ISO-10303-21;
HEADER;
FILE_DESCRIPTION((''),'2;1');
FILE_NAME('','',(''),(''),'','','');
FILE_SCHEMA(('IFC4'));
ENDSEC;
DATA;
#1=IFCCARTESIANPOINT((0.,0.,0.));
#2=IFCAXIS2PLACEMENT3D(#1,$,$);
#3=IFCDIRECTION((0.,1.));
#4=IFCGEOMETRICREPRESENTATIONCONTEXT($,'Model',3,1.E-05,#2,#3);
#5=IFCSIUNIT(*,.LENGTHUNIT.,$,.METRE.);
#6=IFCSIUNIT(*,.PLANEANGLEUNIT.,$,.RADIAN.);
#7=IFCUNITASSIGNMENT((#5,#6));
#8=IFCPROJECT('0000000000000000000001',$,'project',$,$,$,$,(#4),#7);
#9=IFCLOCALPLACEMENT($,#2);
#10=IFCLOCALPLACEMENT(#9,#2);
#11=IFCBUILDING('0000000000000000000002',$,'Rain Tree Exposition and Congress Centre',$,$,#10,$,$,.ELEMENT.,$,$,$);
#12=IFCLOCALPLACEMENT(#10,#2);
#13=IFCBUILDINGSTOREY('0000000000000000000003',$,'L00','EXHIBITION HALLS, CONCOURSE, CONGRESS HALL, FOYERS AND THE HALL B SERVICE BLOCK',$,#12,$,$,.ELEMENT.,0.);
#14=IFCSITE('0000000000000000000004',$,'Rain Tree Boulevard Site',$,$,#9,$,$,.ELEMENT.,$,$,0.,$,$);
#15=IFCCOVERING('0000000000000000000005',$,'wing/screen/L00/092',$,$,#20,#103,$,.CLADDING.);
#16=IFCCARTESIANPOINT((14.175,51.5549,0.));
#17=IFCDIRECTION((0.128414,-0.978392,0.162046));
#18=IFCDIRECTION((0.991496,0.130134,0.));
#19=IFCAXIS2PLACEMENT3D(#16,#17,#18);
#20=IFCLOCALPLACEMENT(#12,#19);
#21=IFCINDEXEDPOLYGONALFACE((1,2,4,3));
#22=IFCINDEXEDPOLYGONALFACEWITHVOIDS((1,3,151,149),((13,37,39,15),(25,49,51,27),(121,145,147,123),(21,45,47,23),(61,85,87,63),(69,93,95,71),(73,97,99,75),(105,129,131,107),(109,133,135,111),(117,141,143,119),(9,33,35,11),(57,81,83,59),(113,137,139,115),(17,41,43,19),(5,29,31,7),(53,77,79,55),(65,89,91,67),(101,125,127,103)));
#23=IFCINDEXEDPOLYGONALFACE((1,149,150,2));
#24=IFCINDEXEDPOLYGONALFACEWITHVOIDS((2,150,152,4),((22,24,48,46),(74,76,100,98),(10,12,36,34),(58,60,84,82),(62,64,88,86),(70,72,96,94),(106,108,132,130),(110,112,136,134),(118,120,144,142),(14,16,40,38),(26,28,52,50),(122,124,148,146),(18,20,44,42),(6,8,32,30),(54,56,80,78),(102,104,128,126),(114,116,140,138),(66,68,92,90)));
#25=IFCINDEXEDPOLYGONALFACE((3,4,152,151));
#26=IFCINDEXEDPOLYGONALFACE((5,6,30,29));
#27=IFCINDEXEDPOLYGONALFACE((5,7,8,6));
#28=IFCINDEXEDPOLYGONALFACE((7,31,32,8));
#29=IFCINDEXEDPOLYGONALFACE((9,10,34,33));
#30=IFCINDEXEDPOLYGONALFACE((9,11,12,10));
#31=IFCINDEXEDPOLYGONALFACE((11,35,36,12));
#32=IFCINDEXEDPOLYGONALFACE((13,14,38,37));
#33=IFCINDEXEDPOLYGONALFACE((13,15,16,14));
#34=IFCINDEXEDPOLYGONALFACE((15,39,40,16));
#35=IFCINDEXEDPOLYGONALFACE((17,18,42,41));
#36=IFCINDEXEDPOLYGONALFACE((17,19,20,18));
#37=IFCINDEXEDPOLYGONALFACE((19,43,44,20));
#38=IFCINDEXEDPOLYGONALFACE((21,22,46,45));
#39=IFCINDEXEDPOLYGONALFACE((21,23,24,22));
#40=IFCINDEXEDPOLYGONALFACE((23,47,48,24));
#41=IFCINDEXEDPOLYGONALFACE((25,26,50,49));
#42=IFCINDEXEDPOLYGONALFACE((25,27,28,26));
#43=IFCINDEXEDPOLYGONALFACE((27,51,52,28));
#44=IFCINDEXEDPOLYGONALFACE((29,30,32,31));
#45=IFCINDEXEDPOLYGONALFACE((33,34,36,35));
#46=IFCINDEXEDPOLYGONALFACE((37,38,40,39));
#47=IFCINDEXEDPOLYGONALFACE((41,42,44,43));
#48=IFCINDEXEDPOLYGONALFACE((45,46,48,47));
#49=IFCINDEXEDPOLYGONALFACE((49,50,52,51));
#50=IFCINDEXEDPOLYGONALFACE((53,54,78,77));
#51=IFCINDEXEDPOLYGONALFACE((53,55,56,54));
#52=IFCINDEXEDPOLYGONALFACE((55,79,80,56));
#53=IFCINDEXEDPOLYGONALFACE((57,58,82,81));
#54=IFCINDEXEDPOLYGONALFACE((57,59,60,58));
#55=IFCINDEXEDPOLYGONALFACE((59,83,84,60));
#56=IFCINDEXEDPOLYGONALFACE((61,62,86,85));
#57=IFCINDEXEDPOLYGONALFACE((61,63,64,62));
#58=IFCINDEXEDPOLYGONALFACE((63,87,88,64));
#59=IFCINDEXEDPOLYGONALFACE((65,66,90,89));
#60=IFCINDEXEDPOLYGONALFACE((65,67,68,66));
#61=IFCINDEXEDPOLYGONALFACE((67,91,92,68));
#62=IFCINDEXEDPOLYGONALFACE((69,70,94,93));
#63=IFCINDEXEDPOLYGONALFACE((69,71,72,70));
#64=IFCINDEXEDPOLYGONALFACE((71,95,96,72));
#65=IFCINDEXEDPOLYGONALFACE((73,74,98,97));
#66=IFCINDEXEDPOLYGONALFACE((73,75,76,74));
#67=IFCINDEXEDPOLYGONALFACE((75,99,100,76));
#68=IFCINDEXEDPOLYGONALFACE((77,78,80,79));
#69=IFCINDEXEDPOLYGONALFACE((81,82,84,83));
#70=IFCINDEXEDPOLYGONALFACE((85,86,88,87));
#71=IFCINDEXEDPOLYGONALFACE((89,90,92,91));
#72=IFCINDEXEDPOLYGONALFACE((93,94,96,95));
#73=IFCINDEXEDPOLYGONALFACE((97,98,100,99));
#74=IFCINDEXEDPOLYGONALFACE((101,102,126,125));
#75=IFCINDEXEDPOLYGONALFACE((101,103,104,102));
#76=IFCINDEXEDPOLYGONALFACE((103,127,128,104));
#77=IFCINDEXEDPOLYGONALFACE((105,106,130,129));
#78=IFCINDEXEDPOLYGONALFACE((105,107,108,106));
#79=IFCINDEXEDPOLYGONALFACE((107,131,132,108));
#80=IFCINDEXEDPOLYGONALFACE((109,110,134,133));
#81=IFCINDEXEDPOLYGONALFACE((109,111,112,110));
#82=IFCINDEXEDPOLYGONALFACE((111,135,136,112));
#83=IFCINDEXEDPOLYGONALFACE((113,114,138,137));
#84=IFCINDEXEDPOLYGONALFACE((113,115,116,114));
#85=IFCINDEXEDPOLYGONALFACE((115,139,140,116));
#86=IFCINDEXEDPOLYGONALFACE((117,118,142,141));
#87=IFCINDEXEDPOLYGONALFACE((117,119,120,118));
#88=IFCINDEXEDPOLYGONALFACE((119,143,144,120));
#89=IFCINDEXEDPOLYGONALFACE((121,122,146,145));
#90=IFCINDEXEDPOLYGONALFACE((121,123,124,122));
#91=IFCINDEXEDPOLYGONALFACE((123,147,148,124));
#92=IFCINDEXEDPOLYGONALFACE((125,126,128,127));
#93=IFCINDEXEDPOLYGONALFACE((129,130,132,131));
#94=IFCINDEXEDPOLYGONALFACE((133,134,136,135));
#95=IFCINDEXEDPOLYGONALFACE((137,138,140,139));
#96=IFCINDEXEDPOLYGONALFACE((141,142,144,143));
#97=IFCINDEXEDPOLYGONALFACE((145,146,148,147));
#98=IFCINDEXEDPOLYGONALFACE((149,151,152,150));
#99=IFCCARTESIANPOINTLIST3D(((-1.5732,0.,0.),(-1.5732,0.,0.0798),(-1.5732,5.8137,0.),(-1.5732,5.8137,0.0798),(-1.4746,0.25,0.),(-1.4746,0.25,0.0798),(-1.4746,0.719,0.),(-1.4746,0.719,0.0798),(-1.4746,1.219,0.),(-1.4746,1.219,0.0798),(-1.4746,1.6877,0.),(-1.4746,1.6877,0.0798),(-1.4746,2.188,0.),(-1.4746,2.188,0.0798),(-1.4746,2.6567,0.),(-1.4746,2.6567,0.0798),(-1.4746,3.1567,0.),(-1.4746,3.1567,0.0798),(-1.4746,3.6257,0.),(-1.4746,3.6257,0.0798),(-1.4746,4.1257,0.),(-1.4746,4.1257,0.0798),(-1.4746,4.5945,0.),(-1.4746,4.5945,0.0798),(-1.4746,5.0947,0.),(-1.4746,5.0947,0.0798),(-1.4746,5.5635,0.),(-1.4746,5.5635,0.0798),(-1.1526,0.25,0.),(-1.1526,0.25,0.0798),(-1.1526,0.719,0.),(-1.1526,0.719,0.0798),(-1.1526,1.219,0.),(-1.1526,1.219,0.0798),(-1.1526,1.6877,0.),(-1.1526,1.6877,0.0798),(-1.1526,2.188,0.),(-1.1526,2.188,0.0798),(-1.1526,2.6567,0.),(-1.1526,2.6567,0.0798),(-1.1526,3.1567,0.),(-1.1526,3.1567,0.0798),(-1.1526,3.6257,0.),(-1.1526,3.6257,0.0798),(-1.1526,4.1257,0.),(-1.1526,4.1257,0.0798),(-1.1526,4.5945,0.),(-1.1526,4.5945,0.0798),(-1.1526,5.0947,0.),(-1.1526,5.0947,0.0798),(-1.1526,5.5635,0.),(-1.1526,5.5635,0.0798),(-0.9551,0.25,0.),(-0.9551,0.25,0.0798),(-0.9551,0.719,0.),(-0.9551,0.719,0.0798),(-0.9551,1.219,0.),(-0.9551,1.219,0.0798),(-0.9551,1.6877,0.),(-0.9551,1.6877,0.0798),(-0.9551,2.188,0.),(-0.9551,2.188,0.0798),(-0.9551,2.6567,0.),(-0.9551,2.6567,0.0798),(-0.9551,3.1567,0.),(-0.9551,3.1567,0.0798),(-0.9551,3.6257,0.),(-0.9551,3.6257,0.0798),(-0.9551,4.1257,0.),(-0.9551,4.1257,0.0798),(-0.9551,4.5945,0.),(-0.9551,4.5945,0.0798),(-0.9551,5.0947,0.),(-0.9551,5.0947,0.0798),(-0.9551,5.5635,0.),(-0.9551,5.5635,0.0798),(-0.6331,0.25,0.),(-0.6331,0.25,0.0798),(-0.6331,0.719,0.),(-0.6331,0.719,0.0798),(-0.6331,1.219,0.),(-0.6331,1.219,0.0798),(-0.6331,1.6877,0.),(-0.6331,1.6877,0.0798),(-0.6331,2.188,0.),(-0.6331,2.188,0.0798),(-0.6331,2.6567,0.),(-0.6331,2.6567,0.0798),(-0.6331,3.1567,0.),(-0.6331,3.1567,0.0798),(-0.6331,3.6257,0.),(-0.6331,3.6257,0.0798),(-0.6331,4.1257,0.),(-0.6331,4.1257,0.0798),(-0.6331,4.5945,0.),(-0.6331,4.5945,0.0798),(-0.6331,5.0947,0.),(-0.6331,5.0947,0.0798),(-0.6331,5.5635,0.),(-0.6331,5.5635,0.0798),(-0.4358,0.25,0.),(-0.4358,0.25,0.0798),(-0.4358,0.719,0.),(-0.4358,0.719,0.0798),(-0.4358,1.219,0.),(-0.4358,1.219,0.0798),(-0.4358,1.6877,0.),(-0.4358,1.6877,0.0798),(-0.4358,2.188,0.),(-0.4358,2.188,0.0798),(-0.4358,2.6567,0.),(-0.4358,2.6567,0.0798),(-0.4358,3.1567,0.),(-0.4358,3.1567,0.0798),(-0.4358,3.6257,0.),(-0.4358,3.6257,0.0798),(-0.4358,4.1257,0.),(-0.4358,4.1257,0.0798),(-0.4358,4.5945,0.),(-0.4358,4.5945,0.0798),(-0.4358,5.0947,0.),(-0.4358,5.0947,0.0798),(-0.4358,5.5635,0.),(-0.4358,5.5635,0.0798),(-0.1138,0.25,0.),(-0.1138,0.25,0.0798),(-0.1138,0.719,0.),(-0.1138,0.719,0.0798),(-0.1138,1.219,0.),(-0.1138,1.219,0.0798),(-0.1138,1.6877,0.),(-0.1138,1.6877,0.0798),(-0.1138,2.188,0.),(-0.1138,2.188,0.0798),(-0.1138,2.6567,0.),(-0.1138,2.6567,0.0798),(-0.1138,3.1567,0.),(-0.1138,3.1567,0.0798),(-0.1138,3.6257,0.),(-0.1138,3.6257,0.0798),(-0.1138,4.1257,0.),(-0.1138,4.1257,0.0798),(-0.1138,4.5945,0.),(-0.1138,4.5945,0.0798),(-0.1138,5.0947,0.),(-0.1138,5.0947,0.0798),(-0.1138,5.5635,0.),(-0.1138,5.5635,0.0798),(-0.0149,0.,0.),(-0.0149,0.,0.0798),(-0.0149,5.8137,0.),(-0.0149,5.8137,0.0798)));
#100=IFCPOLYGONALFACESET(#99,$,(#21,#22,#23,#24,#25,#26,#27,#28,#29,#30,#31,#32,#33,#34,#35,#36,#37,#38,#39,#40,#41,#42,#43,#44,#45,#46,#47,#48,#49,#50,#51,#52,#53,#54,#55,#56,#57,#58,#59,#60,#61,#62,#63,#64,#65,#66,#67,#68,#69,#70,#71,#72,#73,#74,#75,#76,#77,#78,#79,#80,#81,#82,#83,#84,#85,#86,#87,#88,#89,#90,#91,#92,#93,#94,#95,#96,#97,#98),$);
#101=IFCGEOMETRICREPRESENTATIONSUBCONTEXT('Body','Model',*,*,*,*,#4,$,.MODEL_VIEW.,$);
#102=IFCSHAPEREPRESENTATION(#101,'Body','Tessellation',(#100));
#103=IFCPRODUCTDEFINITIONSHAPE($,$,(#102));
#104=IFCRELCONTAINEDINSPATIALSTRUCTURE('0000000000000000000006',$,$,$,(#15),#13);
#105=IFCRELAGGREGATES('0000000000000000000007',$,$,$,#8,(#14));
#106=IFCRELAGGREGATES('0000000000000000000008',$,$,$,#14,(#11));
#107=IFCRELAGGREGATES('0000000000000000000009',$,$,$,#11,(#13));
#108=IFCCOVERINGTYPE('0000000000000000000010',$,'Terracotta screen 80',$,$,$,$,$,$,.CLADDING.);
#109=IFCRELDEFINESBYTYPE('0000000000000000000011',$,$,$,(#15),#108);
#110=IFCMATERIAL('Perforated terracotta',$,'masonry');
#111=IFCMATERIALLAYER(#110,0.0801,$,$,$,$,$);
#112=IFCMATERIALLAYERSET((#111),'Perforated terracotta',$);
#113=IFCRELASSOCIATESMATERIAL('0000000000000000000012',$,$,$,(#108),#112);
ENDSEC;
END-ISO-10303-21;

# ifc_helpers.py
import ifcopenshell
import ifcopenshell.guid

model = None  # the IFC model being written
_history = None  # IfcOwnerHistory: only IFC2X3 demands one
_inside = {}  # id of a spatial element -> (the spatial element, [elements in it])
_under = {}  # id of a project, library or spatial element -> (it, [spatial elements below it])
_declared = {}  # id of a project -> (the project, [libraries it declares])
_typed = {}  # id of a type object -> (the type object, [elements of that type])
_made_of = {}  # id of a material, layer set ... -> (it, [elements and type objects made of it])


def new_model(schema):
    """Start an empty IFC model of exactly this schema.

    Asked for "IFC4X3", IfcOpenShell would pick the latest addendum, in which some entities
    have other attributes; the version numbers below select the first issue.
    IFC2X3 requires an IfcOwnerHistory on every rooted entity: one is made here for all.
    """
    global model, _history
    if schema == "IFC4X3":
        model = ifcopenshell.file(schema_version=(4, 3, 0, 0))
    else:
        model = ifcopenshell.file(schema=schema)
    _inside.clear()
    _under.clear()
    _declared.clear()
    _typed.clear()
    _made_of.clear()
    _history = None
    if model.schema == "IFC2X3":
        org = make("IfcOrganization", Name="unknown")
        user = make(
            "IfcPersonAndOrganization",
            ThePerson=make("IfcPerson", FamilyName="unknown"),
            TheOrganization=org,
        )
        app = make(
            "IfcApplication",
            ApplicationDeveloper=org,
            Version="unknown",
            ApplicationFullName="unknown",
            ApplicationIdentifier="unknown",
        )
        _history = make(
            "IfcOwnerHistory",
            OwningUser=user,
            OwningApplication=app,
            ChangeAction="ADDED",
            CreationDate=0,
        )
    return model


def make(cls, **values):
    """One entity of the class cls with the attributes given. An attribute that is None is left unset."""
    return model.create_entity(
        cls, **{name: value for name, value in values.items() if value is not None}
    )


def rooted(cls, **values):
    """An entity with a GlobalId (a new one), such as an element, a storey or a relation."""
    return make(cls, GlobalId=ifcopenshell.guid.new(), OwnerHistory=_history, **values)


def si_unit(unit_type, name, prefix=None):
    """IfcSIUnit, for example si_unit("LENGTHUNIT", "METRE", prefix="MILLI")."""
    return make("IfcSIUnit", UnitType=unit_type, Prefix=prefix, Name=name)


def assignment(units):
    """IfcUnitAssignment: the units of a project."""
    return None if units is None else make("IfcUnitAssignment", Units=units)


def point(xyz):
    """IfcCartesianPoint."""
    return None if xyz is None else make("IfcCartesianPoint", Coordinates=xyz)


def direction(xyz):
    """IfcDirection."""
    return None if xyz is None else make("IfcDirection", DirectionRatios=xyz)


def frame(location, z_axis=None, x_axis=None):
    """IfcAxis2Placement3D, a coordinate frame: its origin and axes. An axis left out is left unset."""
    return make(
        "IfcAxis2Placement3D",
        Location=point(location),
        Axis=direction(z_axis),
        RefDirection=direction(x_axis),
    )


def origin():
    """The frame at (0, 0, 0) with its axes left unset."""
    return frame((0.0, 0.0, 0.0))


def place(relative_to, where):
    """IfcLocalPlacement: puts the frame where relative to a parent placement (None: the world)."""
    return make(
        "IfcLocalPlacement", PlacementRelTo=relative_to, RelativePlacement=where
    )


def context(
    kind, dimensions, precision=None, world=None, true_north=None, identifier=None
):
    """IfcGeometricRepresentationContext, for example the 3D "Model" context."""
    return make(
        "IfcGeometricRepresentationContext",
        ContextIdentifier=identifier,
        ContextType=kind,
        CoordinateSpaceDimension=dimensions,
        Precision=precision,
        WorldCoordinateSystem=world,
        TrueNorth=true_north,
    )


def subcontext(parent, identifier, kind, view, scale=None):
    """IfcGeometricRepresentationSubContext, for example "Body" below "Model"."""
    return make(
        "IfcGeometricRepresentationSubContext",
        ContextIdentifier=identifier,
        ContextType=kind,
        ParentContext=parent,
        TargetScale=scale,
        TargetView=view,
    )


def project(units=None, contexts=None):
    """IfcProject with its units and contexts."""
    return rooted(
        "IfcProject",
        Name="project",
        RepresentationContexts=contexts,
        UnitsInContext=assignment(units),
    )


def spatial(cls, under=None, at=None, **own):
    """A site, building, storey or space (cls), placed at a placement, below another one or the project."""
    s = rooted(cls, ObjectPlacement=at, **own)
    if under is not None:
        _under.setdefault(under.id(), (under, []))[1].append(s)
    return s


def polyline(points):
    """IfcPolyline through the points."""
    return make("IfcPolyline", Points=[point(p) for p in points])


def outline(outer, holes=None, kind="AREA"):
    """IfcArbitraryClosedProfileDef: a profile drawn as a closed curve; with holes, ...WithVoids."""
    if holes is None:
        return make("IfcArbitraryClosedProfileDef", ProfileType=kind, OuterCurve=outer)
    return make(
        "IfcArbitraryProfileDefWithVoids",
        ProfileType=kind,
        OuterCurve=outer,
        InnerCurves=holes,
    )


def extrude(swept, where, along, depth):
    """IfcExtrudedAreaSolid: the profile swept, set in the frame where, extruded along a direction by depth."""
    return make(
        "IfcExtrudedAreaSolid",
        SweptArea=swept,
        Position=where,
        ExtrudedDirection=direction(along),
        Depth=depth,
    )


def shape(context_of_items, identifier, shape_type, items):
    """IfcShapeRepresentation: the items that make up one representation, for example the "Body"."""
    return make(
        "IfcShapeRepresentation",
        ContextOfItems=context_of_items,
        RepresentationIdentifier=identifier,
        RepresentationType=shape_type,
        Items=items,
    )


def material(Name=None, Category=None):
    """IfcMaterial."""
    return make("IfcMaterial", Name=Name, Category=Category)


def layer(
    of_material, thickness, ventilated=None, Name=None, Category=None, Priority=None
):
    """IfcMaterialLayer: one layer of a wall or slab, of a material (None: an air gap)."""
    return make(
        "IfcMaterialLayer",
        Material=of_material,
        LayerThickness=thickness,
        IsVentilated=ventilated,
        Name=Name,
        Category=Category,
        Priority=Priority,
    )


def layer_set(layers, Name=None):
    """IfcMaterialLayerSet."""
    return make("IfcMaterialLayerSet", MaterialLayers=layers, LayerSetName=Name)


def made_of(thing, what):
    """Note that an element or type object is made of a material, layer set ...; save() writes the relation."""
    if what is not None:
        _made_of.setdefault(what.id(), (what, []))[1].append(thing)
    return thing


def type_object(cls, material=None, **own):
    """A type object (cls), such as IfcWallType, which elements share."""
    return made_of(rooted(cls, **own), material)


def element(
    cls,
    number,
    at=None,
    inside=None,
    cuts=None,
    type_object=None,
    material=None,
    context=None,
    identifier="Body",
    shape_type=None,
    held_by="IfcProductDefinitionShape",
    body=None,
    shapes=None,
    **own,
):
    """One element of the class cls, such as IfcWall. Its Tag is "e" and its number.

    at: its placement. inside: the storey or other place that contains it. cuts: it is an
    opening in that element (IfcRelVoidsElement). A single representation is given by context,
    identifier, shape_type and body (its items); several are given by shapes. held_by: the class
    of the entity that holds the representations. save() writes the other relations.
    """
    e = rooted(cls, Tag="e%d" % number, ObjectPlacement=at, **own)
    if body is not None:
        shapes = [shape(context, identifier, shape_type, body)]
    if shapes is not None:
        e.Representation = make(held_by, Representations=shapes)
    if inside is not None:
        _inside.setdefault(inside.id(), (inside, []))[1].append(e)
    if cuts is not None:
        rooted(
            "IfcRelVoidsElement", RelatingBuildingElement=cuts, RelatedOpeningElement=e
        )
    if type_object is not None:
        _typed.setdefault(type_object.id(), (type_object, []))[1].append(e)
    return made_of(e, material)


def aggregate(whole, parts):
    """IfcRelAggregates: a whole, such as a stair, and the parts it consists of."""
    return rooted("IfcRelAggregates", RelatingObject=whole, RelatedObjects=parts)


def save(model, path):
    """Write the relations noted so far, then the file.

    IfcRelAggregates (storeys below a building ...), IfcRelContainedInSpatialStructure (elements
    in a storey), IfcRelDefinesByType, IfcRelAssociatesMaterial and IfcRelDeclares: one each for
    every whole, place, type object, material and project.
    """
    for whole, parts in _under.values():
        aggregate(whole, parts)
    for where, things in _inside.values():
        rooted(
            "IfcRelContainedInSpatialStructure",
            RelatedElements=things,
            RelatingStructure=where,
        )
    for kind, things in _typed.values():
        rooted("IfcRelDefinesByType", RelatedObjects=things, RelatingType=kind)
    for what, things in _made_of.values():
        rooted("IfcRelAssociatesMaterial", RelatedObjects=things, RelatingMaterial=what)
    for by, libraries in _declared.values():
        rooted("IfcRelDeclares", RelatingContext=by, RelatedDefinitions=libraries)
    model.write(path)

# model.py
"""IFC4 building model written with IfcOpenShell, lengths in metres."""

from ifc_helpers import new_model, si_unit, direction, frame, origin, place, context, subcontext, project, spatial, polyline, outline, extrude, material, layer, layer_set, type_object, element, save


model = new_model("IFC4")

# Units and contexts
model_context = context("Model", 3, precision=1e-05, world=origin(), true_north=direction((0.0, 1.0)))
body_context = subcontext(model_context, "Body", "Model", "MODEL_VIEW")
ifc_project = project(units=[si_unit("LENGTHUNIT", "METRE"), si_unit("PLANEANGLEUNIT", "RADIAN")], contexts=[model_context])

# Site, building, storey
site_placement = place(None, origin())
site = spatial("IfcSite", under=ifc_project, at=site_placement, Name="Rain Tree Boulevard Site", CompositionType="ELEMENT", RefElevation=0.0)
building_placement = place(site_placement, origin())
building = spatial("IfcBuilding", under=site, at=building_placement, Name="Rain Tree Exposition and Congress Centre", CompositionType="ELEMENT")
storey_placement = place(building_placement, origin())
storey = spatial("IfcBuildingStorey", under=building, at=storey_placement, Name="L00", Description="EXHIBITION HALLS, CONCOURSE, CONGRESS HALL, FOYERS AND THE HALL B SERVICE BLOCK", CompositionType="ELEMENT", Elevation=0.0)

# Covering
ifc_material_1 = material(Name="Perforated terracotta", Category="masonry")
ifc_layer_1 = layer(ifc_material_1, 0.0801)
ifc_layer_set_1 = layer_set([ifc_layer_1], Name="Perforated terracotta")
covering_type = type_object("IfcCoveringType", Name="Terracotta screen 80", PredefinedType="CLADDING", material=ifc_layer_set_1)
covering_1_placement = place(storey_placement, frame((14.175, 51.5549, 0.0), z_axis=(0.128414, -0.978392, 0.162046), x_axis=(0.991496, 0.130134, 0.0)))
element("IfcCovering", 1, at=covering_1_placement, inside=storey, type_object=covering_type, Name="wing/screen/L00/092", PredefinedType="CLADDING", context=body_context, shape_type="SweptSolid", body=[
    extrude(outline(polyline([(-0.0149, 5.8137), (-0.0149, 0.0), (-1.5732, 0.0), (-1.5732, 5.8137), (-0.0149, 5.8137)]), holes=[polyline([(-0.1138, 0.25), (-0.1138, 0.719), (-0.4358, 0.719), (-0.4358, 0.25), (-0.1138, 0.25)]), polyline([(-0.1138, 1.219), (-0.1138, 1.6877), (-0.4358, 1.6877), (-0.4358, 1.219), (-0.1138, 1.219)]), polyline([(-0.1138, 2.188), (-0.1138, 2.6567), (-0.4358, 2.6567), (-0.4358, 2.188), (-0.1138, 2.188)]), polyline([(-0.1138, 3.1567), (-0.1138, 3.6257), (-0.4358, 3.6257), (-0.4358, 3.1567), (-0.1138, 3.1567)]), polyline([(-0.1138, 4.1257), (-0.1138, 4.5945), (-0.4358, 4.5945), (-0.4358, 4.1257), (-0.1138, 4.1257)]), polyline([(-0.1138, 5.0947), (-0.1138, 5.5635), (-0.4358, 5.5635), (-0.4358, 5.0947), (-0.1138, 5.0947)]), polyline([(-0.6331, 0.25), (-0.6331, 0.719), (-0.9551, 0.719), (-0.9551, 0.25), (-0.6331, 0.25)]), polyline([(-0.6331, 1.219), (-0.6331, 1.6877), (-0.9551, 1.6877), (-0.9551, 1.219), (-0.6331, 1.219)]), polyline([(-0.6331, 2.188), (-0.6331, 2.6567), (-0.9551, 2.6567), (-0.9551, 2.188), (-0.6331, 2.188)]), polyline([(-0.6331, 3.1567), (-0.6331, 3.6257), (-0.9551, 3.6257), (-0.9551, 3.1567), (-0.6331, 3.1567)]), polyline([(-0.6331, 4.1257), (-0.6331, 4.5945), (-0.9551, 4.5945), (-0.9551, 4.1257), (-0.6331, 4.1257)]), polyline([(-0.6331, 5.0947), (-0.6331, 5.5635), (-0.9551, 5.5635), (-0.9551, 5.0947), (-0.6331, 5.0947)]), polyline([(-1.1526, 0.25), (-1.1526, 0.719), (-1.4746, 0.719), (-1.4746, 0.25), (-1.1526, 0.25)]), polyline([(-1.1526, 1.219), (-1.1526, 1.6877), (-1.4746, 1.6877), (-1.4746, 1.219), (-1.1526, 1.219)]), polyline([(-1.1526, 2.188), (-1.1526, 2.6567), (-1.4746, 2.6567), (-1.4746, 2.188), (-1.1526, 2.188)]), polyline([(-1.1526, 3.1567), (-1.1526, 3.6257), (-1.4746, 3.6257), (-1.4746, 3.1567), (-1.1526, 3.1567)]), polyline([(-1.1526, 4.1257), (-1.1526, 4.5945), (-1.4746, 4.5945), (-1.4746, 4.1257), (-1.1526, 4.1257)]), polyline([(-1.1526, 5.0947), (-1.1526, 5.5635), (-1.4746, 5.5635), (-1.4746, 5.0947), (-1.1526, 5.0947)])]), origin(), (0.0, 0.0, 1.0), 0.0798),
])

save(model, "model.ifc")
